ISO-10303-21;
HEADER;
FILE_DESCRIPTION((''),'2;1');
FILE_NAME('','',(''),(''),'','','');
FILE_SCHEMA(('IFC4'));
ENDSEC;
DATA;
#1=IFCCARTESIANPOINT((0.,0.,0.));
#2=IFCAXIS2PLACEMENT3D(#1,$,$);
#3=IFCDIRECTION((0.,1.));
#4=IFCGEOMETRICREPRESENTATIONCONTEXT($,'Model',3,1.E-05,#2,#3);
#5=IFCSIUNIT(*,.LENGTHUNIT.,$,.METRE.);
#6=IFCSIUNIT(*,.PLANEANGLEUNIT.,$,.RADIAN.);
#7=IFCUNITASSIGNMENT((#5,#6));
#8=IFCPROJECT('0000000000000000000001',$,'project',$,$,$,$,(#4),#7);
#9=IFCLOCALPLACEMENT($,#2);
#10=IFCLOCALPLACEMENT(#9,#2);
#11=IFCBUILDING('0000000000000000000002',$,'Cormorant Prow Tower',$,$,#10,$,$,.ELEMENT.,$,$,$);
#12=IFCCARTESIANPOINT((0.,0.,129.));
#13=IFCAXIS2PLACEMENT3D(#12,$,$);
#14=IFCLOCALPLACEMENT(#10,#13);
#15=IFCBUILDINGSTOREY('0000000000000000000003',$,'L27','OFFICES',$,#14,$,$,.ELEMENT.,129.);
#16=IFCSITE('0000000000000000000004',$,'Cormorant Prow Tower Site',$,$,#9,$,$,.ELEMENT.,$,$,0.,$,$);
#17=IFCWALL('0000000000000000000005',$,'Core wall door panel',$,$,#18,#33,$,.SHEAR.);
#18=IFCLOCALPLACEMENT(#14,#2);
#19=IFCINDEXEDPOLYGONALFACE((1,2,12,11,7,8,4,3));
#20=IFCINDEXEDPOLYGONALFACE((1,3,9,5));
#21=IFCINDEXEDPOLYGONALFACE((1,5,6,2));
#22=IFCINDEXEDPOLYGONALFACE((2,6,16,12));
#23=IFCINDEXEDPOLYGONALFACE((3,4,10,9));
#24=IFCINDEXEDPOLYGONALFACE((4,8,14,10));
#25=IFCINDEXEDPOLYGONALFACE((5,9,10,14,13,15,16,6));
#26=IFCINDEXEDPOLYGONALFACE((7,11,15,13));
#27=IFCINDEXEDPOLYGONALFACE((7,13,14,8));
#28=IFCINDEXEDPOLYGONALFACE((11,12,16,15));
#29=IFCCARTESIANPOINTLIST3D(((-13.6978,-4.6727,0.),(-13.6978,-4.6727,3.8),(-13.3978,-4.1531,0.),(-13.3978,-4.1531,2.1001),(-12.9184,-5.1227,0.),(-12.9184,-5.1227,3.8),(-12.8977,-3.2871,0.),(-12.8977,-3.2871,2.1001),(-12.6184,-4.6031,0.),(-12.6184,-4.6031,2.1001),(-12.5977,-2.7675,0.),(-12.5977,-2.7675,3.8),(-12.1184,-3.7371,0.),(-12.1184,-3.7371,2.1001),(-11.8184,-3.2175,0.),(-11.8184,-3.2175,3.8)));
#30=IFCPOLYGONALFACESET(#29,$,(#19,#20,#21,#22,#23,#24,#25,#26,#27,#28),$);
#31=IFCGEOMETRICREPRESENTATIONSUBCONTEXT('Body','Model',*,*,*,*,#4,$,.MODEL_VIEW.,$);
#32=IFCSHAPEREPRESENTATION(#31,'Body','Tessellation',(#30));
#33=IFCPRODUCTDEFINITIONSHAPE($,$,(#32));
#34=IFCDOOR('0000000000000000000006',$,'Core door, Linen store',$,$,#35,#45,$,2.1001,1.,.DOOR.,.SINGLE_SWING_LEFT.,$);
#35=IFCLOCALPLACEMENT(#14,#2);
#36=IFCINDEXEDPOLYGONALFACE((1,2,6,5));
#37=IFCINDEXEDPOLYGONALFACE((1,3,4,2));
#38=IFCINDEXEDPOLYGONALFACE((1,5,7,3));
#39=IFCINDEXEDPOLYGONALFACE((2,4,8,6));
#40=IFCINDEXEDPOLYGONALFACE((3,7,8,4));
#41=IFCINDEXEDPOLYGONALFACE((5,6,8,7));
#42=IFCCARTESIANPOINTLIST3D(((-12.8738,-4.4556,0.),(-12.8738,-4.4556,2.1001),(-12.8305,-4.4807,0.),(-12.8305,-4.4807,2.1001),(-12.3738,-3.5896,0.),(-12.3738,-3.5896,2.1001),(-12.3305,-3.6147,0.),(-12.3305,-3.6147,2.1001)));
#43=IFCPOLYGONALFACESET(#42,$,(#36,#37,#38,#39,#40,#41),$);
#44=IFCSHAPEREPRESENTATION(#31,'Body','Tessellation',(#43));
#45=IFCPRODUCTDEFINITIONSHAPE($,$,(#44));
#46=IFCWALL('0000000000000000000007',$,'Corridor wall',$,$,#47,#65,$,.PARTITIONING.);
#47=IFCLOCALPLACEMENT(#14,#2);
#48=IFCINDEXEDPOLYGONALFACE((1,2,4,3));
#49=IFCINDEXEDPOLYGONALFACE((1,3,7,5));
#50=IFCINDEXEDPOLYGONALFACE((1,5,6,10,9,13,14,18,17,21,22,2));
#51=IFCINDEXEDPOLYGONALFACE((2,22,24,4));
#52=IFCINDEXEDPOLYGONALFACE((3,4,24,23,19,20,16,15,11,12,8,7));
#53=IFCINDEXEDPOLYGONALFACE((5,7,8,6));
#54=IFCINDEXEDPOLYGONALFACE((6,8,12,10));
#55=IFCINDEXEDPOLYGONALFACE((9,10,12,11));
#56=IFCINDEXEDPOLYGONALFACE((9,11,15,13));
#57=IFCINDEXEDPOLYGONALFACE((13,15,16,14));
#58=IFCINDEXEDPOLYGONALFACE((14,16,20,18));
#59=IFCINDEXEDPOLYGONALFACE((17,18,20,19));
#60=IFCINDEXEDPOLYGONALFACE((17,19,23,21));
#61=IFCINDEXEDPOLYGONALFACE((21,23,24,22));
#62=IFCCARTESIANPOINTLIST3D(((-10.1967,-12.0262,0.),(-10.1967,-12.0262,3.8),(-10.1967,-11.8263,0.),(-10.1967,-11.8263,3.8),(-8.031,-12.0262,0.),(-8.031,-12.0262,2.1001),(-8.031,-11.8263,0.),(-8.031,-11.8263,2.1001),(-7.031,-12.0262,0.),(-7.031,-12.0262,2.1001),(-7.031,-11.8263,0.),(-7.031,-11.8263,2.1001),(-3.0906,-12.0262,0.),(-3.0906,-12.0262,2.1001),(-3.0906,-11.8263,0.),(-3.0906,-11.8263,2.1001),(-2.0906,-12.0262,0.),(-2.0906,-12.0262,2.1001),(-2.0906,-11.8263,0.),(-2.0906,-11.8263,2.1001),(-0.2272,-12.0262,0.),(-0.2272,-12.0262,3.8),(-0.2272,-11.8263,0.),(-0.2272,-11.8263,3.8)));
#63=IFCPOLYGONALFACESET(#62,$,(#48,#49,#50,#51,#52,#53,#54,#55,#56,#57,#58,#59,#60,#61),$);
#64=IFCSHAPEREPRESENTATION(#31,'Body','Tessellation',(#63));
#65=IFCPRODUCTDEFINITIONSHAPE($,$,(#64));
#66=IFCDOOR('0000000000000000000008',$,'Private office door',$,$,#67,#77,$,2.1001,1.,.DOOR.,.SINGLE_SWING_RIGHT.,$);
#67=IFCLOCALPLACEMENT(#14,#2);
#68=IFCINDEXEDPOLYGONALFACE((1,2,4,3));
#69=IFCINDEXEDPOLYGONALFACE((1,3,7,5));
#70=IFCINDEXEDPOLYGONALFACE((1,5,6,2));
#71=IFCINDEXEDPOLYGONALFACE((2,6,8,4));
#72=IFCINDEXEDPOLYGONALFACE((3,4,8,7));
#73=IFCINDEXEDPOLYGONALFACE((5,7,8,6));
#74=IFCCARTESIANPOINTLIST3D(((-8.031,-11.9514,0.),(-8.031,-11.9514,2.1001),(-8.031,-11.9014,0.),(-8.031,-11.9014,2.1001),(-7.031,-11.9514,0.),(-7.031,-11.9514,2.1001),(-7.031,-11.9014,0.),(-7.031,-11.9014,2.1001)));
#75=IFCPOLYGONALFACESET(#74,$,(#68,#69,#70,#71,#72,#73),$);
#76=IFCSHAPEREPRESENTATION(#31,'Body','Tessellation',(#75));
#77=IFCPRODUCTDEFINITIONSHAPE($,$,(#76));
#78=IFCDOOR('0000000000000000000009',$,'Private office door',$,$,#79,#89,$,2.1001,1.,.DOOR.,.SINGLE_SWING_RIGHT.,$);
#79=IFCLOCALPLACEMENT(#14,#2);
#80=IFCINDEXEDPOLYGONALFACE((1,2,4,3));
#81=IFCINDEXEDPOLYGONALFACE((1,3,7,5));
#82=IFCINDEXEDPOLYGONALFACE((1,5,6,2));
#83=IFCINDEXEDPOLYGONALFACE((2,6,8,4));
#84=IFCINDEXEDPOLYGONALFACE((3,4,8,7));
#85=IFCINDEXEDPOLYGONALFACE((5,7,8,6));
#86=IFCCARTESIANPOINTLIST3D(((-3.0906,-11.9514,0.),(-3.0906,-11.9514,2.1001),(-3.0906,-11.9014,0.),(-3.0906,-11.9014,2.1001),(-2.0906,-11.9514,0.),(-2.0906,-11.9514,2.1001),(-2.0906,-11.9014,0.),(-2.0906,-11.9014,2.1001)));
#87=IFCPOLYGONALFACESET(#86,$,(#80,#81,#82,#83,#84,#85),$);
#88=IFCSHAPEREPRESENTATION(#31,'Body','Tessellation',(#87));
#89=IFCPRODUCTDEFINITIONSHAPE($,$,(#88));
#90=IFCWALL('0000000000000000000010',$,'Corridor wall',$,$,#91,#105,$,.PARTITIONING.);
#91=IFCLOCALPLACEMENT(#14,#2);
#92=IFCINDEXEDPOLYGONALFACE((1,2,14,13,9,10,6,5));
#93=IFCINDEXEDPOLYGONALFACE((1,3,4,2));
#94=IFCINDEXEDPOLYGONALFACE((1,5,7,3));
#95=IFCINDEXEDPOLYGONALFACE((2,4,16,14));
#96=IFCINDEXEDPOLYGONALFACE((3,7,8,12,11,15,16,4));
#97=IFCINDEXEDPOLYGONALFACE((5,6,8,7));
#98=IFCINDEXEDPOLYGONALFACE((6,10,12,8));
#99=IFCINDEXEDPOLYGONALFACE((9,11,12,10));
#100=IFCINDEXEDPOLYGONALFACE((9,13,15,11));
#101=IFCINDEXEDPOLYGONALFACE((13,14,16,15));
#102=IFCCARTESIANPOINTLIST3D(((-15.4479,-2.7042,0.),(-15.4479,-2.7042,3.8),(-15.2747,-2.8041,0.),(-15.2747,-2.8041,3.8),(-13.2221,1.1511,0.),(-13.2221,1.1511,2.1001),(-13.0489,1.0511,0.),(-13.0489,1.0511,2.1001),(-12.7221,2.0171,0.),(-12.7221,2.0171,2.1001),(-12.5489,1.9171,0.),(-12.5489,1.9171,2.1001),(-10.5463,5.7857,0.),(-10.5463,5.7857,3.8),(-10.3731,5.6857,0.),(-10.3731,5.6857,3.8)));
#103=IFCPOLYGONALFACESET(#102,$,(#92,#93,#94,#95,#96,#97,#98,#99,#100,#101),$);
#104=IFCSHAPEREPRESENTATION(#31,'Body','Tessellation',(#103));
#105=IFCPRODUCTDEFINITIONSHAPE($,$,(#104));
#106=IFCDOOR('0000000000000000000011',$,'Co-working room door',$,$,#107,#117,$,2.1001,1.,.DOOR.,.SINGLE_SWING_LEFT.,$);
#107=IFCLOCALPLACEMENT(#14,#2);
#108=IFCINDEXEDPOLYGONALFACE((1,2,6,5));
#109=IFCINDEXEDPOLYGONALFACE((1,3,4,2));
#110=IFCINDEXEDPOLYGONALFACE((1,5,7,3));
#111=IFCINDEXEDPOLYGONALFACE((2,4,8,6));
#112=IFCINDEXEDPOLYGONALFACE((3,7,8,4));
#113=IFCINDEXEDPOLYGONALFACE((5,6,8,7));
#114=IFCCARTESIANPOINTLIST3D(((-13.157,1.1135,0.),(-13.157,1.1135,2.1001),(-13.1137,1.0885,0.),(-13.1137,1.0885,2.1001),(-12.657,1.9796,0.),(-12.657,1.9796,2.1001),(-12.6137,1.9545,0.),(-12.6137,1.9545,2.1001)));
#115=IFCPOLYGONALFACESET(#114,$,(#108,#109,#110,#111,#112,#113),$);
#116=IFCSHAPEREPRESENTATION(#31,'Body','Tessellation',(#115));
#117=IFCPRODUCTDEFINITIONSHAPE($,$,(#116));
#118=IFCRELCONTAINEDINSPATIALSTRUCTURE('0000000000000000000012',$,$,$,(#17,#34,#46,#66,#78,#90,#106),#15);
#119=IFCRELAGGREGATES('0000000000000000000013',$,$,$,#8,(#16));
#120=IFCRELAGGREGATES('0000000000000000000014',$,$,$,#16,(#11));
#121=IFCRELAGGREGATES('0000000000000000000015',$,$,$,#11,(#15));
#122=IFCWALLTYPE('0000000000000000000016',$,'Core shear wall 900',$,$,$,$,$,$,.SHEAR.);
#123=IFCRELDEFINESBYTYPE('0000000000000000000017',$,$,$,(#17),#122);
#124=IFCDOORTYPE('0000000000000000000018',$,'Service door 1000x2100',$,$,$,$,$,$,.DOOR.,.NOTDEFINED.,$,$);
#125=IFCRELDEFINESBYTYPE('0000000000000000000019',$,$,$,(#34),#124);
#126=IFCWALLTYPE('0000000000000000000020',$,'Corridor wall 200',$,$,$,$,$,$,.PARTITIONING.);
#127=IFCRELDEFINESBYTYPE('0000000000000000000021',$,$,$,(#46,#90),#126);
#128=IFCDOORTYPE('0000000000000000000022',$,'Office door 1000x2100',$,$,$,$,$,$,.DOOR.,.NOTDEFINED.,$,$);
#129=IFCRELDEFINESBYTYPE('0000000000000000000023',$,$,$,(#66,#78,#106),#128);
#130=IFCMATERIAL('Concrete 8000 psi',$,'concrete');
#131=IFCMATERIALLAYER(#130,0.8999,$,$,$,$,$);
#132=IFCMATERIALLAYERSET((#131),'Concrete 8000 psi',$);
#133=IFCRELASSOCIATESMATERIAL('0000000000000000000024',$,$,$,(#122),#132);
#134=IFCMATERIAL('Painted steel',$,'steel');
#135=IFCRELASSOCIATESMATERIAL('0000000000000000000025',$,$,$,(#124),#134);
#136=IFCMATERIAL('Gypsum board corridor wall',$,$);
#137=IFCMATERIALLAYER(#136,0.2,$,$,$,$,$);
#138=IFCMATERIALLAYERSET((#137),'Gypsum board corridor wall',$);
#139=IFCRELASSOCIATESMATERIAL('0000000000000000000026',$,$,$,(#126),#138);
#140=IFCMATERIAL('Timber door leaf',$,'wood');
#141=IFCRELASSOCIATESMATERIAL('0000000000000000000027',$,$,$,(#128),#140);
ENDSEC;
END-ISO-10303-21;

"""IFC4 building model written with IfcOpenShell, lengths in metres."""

from ifc_helpers import new_model, si_unit, direction, frame, frame_2d, origin, place, context, subcontext, project, spatial, rectangle, extrude, material, layer, layer_set, type_object, element, fill, save


model = new_model("IFC4")

# Units and contexts
model_context = context("Model", 3, precision=1e-05, world=origin(), true_north=direction((0.0, 1.0)))
body_context = subcontext(model_context, "Body", "Model", "MODEL_VIEW")
ifc_project = project(units=[si_unit("LENGTHUNIT", "METRE"), si_unit("PLANEANGLEUNIT", "RADIAN")], contexts=[model_context])

# Site, building, storey
site_placement = place(None, origin())
site = spatial("IfcSite", under=ifc_project, at=site_placement, Name="Cormorant Prow Tower Site", CompositionType="ELEMENT", RefElevation=0.0)
building_placement = place(site_placement, origin())
building = spatial("IfcBuilding", under=site, at=building_placement, Name="Cormorant Prow Tower", CompositionType="ELEMENT")
storey_placement = place(building_placement, frame((0.0, 0.0, 129.0)))
storey = spatial("IfcBuildingStorey", under=building, at=storey_placement, Name="L27", Description="OFFICES", CompositionType="ELEMENT", Elevation=129.0)

# Shared definitions
ifc_material_1 = material(Name="Concrete 8000 psi", Category="concrete")
ifc_layer_1 = layer(ifc_material_1, 0.8999)
ifc_layer_set_1 = layer_set([ifc_layer_1], Name="Concrete 8000 psi")
wall_type_1 = type_object("IfcWallType", Name="Core shear wall 900", PredefinedType="SHEAR", material=ifc_layer_set_1)

# Wall, opening, door
ifc_material_2 = material(Name="Painted steel", Category="steel")
door_type_1 = type_object("IfcDoorType", Name="Service door 1000x2100", OperationType="NOTDEFINED", PredefinedType="DOOR", material=ifc_material_2)
wall_1_placement = place(storey_placement, frame((-12.208, -2.9924, 0.0), z_axis=(0.0, 0.0, 1.0), x_axis=(-0.50003, -0.866008, 0.0)))
wall_1 = element("IfcWall", 1, at=wall_1_placement, inside=storey, type_object=wall_type_1, Name="Core wall door panel", PredefinedType="SHEAR", context=body_context, shape_type="SweptSolid", body=[
    extrude(rectangle(XDim=2.2, YDim=0.8999, at=frame_2d((1.1001, 0.0))), origin(), (0.0, 0.0, 1.0), 3.8),
])
opening_1_placement = place(wall_1_placement, frame((0.6001, 0.0, 0.0)))
opening_1 = element("IfcOpeningElement", 2, at=opening_1_placement, cuts=wall_1, PredefinedType="OPENING", context=body_context, shape_type="SweptSolid", body=[
    extrude(rectangle(XDim=1.0, YDim=2.1001, at=frame_2d((0.5, 1.05))), frame((0.0, 0.46, 0.0), z_axis=(0.0, -1.0, 0.0), x_axis=(1.0, 0.0, 0.0)), (0.0, 0.0, 1.0), 0.9199),
])
door_1_placement = place(opening_1_placement, origin())
door_1 = element("IfcDoor", 3, at=door_1_placement, inside=storey, type_object=door_type_1, Name="Core door, Linen store", OperationType="SINGLE_SWING_LEFT", OverallHeight=2.1001, OverallWidth=1.0, PredefinedType="DOOR", context=body_context, shape_type="SweptSolid", body=[
    extrude(rectangle(XDim=1.0, YDim=2.1001, at=frame_2d((0.5, 1.05))), frame((0.0, 0.2051, 0.0), z_axis=(0.0, -1.0, 0.0), x_axis=(1.0, 0.0, 0.0)), (0.0, 0.0, 1.0), 0.05),
])
fill(opening_1, door_1)

# Wall, openings, doors
ifc_material_3 = material(Name="Gypsum board corridor wall")
ifc_layer_2 = layer(ifc_material_3, 0.2)
ifc_layer_set_2 = layer_set([ifc_layer_2], Name="Gypsum board corridor wall")
wall_type_2 = type_object("IfcWallType", Name="Corridor wall 200", PredefinedType="PARTITIONING", material=ifc_layer_set_2)
wall_2_placement = place(storey_placement, frame((-10.1968, -11.9263, 0.0), z_axis=(0.0, 0.0, 1.0), x_axis=(1.0, 0.0, 0.0)))
wall_2 = element("IfcWall", 4, at=wall_2_placement, inside=storey, type_object=wall_type_2, Name="Corridor wall", PredefinedType="PARTITIONING", context=body_context, shape_type="SweptSolid", body=[
    extrude(rectangle(XDim=9.9695, YDim=0.2, at=frame_2d((4.9849, 0.0))), origin(), (0.0, 0.0, 1.0), 3.8),
])
opening_2_placement = place(wall_2_placement, frame((2.1658, 0.0, 0.0)))
opening_2 = element("IfcOpeningElement", 5, at=opening_2_placement, cuts=wall_2, PredefinedType="OPENING", context=body_context, shape_type="SweptSolid", body=[
    extrude(rectangle(XDim=1.0, YDim=2.1001, at=frame_2d((0.5, 1.05))), frame((0.0, 0.1099, 0.0), z_axis=(0.0, -1.0, 0.0), x_axis=(1.0, 0.0, 0.0)), (0.0, 0.0, 1.0), 0.22),
])
opening_3_placement = place(wall_2_placement, frame((7.1062, 0.0, 0.0)))
opening_3 = element("IfcOpeningElement", 6, at=opening_3_placement, cuts=wall_2, PredefinedType="OPENING", context=body_context, shape_type="SweptSolid", body=[
    extrude(rectangle(XDim=1.0, YDim=2.1001, at=frame_2d((0.5, 1.05))), frame((0.0, 0.1099, 0.0), z_axis=(0.0, -1.0, 0.0), x_axis=(1.0, 0.0, 0.0)), (0.0, 0.0, 1.0), 0.22),
])
ifc_material_4 = material(Name="Timber door leaf", Category="wood")
door_type_2 = type_object("IfcDoorType", Name="Office door 1000x2100", OperationType="NOTDEFINED", PredefinedType="DOOR", material=ifc_material_4)
door_2_placement = place(opening_2_placement, origin())
door_2 = element("IfcDoor", 7, at=door_2_placement, inside=storey, type_object=door_type_2, Name="Private office door", OperationType="SINGLE_SWING_RIGHT", OverallHeight=2.1001, OverallWidth=1.0, PredefinedType="DOOR", context=body_context, shape_type="SweptSolid", body=[
    extrude(rectangle(XDim=1.0, YDim=2.1001, at=frame_2d((0.5, 1.05))), frame((0.0, 0.0249, 0.0), z_axis=(0.0, -1.0, 0.0), x_axis=(1.0, 0.0, 0.0)), (0.0, 0.0, 1.0), 0.05),
])
fill(opening_2, door_2)
door_3_placement = place(opening_3_placement, origin())
door_3 = element("IfcDoor", 8, at=door_3_placement, inside=storey, type_object=door_type_2, Name="Private office door", OperationType="SINGLE_SWING_RIGHT", OverallHeight=2.1001, OverallWidth=1.0, PredefinedType="DOOR", context=body_context, shape_type="SweptSolid", body=[
    extrude(rectangle(XDim=1.0, YDim=2.1001, at=frame_2d((0.5, 1.05))), frame((0.0, 0.0249, 0.0), z_axis=(0.0, -1.0, 0.0), x_axis=(1.0, 0.0, 0.0)), (0.0, 0.0, 1.0), 0.05),
])
fill(opening_3, door_3)

# Wall, opening, door
wall_3_placement = place(storey_placement, frame((-15.3613, -2.7542, 0.0), z_axis=(0.0, 0.0, 1.0), x_axis=(0.500004, 0.866023, 0.0)))
wall_3 = element("IfcWall", 9, at=wall_3_placement, inside=storey, type_object=wall_type_2, Name="Corridor wall", PredefinedType="PARTITIONING", context=body_context, shape_type="SweptSolid", body=[
    extrude(rectangle(XDim=9.8032, YDim=0.2, at=frame_2d((4.9016, 0.0))), origin(), (0.0, 0.0, 1.0), 3.8),
])
opening_4_placement = place(wall_3_placement, frame((4.4517, 0.0, 0.0)))
opening_4 = element("IfcOpeningElement", 10, at=opening_4_placement, cuts=wall_3, PredefinedType="OPENING", context=body_context, shape_type="SweptSolid", body=[
    extrude(rectangle(XDim=1.0, YDim=2.1001, at=frame_2d((0.5, 1.05))), frame((0.0, 0.1099, 0.0), z_axis=(0.0, -1.0, 0.0), x_axis=(1.0, 0.0, 0.0)), (0.0, 0.0, 1.0), 0.22),
])
door_4_placement = place(opening_4_placement, origin())
door_4 = element("IfcDoor", 11, at=door_4_placement, inside=storey, type_object=door_type_2, Name="Co-working room door", OperationType="SINGLE_SWING_LEFT", OverallHeight=2.1001, OverallWidth=1.0, PredefinedType="DOOR", context=body_context, shape_type="SweptSolid", body=[
    extrude(rectangle(XDim=1.0, YDim=2.1001, at=frame_2d((0.5, 1.05))), frame((0.0, 0.0249, 0.0), z_axis=(0.0, -1.0, 0.0), x_axis=(1.0, 0.0, 0.0)), (0.0, 0.0, 1.0), 0.05),
])
fill(opening_4, door_4)

save(model, "model.ifc")
